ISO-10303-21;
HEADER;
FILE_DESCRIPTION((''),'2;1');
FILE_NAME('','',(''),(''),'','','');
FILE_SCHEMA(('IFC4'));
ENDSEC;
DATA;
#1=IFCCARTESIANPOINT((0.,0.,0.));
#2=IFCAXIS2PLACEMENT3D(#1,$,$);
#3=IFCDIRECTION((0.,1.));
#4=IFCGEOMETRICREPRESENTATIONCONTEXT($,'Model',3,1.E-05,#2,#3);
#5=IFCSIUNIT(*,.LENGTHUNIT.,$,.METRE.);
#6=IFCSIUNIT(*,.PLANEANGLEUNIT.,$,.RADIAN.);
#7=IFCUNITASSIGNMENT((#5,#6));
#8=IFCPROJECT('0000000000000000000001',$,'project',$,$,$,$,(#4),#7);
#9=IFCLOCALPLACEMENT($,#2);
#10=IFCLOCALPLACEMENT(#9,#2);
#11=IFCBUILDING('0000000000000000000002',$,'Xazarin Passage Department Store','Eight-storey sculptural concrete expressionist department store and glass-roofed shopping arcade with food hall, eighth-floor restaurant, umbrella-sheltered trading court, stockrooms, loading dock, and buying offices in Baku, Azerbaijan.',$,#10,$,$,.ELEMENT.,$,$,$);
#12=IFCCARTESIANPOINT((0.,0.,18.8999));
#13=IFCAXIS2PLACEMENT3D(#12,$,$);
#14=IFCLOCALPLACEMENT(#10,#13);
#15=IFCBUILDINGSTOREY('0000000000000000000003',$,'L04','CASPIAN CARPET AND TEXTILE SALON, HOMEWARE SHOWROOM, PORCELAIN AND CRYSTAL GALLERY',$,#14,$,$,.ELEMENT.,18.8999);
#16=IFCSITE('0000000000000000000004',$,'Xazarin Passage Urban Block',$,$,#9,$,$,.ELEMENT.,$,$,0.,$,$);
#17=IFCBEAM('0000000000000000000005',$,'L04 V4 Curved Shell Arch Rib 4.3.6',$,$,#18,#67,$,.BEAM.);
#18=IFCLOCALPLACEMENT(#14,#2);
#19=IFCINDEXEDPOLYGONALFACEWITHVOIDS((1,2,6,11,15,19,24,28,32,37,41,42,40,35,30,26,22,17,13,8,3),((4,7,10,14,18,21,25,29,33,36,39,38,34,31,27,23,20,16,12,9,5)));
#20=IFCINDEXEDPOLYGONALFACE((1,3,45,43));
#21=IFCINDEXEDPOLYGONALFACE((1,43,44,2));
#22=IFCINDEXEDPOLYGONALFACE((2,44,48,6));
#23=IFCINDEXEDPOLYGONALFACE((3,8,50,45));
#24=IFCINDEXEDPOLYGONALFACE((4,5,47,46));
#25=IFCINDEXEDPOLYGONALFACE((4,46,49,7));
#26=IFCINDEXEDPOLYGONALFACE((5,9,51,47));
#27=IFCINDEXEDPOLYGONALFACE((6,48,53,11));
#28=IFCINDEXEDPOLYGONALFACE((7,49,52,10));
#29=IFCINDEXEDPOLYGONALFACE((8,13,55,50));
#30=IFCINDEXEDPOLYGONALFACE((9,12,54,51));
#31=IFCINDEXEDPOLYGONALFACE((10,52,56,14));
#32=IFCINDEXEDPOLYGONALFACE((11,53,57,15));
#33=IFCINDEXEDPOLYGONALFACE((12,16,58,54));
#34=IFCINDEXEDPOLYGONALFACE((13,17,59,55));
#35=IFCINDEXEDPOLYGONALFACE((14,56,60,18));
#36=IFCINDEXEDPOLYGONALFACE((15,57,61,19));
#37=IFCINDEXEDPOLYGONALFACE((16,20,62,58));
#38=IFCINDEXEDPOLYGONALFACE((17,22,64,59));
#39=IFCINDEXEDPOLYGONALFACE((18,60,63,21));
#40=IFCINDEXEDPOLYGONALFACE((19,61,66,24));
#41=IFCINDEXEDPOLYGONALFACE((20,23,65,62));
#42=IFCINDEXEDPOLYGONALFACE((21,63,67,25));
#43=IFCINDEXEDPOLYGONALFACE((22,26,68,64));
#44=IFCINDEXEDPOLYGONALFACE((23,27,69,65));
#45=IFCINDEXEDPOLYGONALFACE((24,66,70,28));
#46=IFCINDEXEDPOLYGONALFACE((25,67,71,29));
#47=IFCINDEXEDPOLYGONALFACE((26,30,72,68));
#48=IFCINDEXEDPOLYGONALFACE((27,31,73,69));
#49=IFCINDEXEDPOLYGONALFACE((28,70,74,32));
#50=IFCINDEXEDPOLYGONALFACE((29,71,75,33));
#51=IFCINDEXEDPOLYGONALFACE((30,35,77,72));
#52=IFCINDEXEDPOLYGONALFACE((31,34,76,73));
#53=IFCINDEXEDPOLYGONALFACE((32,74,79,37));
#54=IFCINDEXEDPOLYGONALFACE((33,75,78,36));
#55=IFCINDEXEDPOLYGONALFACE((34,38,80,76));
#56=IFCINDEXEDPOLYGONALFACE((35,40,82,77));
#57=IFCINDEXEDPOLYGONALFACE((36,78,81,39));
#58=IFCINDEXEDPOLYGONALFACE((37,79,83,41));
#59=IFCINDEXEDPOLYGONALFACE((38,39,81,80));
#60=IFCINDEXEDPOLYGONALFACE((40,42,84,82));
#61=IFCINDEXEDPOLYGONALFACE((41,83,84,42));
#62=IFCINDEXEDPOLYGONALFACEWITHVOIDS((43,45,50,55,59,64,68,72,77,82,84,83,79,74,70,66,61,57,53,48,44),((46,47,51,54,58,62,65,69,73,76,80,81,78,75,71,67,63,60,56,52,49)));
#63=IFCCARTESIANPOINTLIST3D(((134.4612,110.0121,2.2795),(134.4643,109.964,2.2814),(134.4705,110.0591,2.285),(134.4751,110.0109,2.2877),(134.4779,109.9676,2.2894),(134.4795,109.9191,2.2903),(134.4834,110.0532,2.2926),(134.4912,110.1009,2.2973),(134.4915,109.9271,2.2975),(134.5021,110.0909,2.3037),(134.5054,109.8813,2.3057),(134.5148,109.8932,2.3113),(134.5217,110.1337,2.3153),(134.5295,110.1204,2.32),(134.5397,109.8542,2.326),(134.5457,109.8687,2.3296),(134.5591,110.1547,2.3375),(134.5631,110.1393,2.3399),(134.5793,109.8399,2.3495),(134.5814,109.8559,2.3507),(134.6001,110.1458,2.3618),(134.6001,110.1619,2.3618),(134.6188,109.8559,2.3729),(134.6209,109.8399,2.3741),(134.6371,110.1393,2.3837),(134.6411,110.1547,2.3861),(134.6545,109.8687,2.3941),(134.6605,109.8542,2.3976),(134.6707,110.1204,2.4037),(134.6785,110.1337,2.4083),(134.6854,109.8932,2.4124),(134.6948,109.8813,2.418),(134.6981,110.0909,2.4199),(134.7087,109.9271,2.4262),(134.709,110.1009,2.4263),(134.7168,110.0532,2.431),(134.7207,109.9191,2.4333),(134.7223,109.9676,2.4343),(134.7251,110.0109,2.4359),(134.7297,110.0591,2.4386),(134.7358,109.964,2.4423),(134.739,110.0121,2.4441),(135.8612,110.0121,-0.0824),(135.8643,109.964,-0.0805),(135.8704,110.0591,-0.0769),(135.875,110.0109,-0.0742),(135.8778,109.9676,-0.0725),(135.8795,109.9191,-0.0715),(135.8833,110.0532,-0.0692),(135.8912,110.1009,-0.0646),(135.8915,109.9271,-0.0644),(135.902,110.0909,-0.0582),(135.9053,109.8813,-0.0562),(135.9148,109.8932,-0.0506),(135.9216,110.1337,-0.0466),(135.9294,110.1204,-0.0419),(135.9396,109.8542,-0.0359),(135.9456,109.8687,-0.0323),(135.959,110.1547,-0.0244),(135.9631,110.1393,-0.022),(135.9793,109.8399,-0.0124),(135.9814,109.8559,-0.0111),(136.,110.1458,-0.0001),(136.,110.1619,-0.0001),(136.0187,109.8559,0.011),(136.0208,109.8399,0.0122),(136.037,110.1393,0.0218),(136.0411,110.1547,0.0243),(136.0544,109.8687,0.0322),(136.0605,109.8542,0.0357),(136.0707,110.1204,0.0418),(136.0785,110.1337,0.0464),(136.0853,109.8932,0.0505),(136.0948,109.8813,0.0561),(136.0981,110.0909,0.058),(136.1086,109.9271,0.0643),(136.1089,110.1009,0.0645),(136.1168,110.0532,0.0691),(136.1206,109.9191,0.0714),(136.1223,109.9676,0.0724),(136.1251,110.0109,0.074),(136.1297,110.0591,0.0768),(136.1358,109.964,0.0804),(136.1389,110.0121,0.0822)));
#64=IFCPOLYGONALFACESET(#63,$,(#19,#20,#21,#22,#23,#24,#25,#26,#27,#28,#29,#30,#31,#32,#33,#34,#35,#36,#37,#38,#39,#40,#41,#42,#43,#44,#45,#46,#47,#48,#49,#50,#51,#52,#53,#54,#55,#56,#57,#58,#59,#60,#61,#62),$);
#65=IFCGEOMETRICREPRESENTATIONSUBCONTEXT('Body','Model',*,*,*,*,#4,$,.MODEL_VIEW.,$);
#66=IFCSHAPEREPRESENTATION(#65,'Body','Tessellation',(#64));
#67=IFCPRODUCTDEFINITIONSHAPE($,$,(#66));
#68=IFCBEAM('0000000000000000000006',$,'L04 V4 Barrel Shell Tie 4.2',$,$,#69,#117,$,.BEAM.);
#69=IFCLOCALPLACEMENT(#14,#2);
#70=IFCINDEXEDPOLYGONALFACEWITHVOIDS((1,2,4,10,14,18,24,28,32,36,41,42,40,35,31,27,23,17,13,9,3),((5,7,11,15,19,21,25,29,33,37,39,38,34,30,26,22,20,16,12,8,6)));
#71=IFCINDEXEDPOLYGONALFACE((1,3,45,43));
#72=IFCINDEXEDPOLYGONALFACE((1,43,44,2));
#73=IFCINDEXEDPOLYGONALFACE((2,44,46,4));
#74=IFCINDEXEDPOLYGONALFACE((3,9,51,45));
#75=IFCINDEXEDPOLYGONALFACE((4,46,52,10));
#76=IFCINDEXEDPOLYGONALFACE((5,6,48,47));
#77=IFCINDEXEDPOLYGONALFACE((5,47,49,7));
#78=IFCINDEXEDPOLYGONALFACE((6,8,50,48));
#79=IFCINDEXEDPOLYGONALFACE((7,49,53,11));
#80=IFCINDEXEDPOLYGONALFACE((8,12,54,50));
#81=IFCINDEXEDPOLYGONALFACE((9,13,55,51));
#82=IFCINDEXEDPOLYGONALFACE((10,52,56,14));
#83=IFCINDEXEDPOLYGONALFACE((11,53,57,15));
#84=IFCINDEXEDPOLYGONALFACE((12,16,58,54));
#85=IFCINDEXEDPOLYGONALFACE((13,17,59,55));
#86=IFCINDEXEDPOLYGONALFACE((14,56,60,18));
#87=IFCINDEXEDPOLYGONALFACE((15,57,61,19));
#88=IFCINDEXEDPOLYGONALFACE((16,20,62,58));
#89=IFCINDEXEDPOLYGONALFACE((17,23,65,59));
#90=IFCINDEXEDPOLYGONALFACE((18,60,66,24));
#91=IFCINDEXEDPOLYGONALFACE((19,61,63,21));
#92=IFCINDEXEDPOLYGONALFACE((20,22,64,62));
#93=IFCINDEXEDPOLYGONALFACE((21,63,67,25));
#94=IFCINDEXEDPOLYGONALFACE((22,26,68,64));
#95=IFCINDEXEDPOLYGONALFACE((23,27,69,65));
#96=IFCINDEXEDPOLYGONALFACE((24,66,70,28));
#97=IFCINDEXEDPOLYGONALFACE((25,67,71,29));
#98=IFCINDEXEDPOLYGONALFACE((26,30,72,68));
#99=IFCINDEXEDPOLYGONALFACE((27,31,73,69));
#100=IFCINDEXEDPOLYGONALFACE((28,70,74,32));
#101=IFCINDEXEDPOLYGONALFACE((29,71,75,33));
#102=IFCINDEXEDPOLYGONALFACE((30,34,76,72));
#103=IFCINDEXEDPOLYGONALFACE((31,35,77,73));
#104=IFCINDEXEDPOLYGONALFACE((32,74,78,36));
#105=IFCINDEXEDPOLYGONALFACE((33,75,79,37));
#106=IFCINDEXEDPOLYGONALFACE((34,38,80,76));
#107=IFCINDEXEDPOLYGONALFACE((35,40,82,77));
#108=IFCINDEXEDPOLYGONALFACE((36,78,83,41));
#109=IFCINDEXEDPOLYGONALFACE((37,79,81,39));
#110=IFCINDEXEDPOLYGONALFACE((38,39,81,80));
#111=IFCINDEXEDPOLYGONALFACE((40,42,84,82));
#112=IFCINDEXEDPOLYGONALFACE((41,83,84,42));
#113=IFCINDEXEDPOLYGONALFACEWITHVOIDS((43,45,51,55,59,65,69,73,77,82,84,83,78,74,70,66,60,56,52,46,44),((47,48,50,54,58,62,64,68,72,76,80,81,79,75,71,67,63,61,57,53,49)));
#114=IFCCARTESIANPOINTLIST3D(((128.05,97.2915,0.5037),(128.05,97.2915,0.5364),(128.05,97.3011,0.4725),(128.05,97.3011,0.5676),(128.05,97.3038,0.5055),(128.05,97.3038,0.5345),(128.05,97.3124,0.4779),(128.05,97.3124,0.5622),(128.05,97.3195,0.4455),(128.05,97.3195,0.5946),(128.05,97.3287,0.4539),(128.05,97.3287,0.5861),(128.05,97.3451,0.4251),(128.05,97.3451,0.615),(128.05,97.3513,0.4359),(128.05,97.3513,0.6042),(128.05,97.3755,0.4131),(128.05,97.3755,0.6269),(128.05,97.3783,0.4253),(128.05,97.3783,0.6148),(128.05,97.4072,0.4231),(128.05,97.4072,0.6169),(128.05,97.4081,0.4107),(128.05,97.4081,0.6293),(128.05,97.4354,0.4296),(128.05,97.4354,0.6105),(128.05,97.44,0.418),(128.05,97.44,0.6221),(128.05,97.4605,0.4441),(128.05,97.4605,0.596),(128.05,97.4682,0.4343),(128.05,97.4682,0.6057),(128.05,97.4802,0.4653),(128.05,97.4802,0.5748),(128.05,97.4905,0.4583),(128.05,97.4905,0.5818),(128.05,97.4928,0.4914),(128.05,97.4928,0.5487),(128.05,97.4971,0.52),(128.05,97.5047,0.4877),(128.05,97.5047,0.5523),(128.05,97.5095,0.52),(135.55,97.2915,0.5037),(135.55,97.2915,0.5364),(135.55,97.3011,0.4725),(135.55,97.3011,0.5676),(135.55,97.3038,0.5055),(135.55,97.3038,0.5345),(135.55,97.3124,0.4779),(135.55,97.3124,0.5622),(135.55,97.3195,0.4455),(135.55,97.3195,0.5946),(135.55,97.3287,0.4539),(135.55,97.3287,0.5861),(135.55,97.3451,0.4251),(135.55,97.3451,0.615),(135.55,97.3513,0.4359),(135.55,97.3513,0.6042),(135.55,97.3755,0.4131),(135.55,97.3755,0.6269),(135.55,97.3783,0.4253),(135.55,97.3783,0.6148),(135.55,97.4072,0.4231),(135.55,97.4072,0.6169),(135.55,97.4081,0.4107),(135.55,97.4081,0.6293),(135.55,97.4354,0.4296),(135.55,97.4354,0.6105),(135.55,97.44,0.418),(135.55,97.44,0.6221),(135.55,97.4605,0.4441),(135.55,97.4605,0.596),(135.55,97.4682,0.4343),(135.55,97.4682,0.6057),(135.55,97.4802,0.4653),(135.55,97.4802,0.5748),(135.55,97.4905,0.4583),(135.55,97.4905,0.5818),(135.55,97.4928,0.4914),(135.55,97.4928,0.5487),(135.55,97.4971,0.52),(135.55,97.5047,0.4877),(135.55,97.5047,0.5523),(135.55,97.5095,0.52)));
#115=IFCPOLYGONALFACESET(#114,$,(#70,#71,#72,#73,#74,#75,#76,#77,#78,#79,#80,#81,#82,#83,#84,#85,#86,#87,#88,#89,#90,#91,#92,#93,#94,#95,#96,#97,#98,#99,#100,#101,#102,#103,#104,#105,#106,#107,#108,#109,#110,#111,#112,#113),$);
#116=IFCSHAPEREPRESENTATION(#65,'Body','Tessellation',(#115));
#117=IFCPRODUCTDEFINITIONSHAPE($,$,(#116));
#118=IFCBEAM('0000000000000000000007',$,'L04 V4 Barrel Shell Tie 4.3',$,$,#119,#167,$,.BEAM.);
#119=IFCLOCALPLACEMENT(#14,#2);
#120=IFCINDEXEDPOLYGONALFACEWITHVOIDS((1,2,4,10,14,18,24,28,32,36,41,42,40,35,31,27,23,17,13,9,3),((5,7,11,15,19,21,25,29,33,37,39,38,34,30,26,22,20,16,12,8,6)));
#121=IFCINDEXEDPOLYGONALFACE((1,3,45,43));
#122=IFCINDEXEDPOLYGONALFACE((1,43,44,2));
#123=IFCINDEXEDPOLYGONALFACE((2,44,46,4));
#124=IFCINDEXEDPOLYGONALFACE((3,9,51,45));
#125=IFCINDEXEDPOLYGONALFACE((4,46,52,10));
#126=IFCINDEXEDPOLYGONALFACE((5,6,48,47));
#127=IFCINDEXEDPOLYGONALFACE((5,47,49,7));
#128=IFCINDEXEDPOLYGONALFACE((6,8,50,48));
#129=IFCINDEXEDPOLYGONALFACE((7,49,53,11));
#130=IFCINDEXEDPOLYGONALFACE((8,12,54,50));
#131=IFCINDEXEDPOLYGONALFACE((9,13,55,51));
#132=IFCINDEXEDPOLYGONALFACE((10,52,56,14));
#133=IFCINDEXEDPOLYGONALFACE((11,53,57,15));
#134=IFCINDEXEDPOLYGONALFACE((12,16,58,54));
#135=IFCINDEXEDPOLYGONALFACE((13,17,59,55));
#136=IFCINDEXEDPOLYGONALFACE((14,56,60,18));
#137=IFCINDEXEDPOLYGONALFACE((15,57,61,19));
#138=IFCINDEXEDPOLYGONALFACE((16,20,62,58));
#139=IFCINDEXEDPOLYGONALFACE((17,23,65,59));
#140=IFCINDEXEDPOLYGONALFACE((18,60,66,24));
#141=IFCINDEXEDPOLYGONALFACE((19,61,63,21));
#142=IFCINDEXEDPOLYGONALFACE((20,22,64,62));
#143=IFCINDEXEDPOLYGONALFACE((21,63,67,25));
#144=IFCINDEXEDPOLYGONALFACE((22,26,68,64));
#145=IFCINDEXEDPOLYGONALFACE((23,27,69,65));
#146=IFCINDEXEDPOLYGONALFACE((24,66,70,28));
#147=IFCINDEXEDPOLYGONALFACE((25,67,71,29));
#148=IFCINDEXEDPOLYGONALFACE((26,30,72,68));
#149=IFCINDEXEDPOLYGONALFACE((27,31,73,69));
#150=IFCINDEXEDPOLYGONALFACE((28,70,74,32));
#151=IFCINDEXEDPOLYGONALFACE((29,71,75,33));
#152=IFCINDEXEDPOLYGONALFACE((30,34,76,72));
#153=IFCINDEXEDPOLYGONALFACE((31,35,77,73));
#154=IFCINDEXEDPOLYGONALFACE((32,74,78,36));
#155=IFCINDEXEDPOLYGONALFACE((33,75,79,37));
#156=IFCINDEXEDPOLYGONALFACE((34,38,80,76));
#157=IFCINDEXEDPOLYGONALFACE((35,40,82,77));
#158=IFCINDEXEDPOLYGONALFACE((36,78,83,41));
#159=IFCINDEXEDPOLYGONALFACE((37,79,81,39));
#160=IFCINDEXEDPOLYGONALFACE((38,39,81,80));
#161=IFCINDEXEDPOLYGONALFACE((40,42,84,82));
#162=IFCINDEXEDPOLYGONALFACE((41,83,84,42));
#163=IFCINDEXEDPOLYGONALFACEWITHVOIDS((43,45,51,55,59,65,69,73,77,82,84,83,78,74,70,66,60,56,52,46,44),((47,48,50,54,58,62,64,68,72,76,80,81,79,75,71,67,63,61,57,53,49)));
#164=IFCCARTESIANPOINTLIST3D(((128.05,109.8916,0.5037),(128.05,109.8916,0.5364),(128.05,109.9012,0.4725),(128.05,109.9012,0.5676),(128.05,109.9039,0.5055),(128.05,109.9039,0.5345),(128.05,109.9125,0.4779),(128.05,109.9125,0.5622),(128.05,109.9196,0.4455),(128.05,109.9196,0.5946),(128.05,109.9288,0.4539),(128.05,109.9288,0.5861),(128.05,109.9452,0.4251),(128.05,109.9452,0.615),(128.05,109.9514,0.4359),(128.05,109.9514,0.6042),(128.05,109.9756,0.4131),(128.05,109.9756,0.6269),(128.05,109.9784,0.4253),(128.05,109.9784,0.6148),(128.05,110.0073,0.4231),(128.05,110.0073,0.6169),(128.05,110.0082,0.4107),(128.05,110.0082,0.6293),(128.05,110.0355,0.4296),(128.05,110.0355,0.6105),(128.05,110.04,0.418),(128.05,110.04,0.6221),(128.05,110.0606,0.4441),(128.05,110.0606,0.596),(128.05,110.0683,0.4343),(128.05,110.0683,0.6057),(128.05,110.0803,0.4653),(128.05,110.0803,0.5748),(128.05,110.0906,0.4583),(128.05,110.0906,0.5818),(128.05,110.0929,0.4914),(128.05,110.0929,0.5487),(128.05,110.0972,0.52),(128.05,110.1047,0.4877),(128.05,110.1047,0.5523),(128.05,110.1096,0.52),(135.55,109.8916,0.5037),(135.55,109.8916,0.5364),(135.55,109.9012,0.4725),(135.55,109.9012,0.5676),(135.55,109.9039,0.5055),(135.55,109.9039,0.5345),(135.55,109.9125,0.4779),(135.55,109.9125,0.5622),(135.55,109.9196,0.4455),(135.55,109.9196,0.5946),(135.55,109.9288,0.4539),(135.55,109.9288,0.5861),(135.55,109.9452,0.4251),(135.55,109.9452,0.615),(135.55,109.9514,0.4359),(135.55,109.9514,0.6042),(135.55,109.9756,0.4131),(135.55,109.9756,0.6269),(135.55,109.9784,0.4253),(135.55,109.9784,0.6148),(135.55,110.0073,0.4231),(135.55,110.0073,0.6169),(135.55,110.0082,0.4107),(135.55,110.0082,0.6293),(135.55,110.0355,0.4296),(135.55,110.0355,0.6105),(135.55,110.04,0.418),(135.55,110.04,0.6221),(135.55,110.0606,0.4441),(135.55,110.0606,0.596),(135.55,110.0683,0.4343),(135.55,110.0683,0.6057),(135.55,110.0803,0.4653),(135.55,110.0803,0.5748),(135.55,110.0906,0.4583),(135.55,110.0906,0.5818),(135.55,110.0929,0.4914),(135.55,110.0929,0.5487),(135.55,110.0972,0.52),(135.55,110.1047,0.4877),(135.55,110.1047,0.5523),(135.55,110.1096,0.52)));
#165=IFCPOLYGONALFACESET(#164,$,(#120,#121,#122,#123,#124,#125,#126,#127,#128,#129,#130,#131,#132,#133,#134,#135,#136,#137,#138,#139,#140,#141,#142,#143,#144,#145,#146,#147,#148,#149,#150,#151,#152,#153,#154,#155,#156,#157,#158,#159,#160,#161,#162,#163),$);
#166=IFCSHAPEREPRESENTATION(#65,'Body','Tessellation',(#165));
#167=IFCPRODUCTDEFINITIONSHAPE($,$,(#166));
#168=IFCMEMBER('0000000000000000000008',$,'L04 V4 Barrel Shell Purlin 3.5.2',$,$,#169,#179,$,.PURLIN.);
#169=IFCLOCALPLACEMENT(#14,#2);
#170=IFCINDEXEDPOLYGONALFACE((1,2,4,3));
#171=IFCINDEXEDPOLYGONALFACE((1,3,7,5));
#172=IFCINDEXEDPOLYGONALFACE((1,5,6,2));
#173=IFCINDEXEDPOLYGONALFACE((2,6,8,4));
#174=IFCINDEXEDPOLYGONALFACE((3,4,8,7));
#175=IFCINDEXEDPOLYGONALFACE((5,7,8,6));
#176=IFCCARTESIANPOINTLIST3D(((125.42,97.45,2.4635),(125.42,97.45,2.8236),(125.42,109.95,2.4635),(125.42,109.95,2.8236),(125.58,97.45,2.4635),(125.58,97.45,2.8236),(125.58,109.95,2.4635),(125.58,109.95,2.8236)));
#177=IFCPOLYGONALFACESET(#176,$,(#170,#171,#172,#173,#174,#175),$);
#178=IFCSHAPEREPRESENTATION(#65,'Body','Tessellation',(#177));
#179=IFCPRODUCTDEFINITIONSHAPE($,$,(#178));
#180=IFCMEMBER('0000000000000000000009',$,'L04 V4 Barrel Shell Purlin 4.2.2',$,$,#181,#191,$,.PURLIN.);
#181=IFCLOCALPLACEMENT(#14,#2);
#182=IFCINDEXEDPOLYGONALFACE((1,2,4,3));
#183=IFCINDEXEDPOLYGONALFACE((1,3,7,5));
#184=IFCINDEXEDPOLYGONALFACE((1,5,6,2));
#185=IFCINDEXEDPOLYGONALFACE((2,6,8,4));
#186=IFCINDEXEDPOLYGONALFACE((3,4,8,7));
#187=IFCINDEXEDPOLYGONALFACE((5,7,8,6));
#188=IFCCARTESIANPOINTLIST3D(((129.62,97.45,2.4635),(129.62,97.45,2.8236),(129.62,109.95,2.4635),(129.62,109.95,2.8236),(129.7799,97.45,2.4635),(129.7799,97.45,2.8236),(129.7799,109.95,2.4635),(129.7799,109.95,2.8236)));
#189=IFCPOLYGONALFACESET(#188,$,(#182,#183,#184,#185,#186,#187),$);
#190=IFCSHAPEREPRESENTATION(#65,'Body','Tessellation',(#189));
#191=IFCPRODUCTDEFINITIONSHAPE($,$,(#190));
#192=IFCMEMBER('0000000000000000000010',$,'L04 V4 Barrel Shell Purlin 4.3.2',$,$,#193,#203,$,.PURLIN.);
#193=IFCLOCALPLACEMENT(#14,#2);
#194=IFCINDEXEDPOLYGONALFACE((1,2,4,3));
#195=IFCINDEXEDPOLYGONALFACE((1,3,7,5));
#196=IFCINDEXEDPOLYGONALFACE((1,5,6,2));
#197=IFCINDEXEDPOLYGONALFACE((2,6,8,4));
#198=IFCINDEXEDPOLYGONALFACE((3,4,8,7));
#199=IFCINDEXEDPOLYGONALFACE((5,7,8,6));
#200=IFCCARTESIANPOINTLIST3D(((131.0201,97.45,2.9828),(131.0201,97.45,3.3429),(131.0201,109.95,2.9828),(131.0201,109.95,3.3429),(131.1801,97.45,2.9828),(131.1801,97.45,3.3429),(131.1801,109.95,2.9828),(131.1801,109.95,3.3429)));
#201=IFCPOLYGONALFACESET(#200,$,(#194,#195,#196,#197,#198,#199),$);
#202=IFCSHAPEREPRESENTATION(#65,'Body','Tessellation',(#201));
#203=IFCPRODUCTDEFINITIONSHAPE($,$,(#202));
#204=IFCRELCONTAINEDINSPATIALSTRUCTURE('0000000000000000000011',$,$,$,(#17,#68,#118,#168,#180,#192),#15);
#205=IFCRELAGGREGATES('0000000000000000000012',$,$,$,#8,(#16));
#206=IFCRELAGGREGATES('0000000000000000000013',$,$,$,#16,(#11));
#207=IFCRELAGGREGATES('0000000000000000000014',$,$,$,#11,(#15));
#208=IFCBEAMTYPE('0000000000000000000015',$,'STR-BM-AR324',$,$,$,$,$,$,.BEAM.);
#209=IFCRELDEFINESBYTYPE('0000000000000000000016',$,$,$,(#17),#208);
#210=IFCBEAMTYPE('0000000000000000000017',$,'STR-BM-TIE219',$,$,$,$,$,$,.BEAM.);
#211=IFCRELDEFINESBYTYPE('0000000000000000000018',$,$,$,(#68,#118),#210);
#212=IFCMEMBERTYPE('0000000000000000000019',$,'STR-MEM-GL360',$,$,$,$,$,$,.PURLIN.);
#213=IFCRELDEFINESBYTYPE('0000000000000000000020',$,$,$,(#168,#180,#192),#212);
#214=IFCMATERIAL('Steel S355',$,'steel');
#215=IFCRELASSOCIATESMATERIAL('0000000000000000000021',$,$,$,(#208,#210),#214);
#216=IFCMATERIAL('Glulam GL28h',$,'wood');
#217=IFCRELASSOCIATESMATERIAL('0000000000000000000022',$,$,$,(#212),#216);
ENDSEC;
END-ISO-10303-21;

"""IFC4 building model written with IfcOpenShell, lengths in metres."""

from ifc_helpers import new_model, si_unit, direction, frame, origin, origin_2d, place, context, subcontext, project, spatial, rectangle, hollow_circle, extrude, material, material_profile, profile_set, type_object, element, save


model = new_model("IFC4")

# Units and contexts
model_context = context("Model", 3, precision=1e-05, world=origin(), true_north=direction((0.0, 1.0)))
body_context = subcontext(model_context, "Body", "Model", "MODEL_VIEW")
ifc_project = project(units=[si_unit("LENGTHUNIT", "METRE"), si_unit("PLANEANGLEUNIT", "RADIAN")], contexts=[model_context])

# Site, building, storey
site_placement = place(None, origin())
site = spatial("IfcSite", under=ifc_project, at=site_placement, Name="Xazarin Passage Urban Block", CompositionType="ELEMENT", RefElevation=0.0)
building_placement = place(site_placement, origin())
building = spatial("IfcBuilding", under=site, at=building_placement, Name="Xazarin Passage Department Store", Description="Eight-storey sculptural concrete expressionist department store and glass-roofed shopping arcade with food hall, eighth-floor restaurant, umbrella-sheltered trading court, stockrooms, loading dock, and buying offices in Baku, Azerbaijan.", CompositionType="ELEMENT")
storey_placement = place(building_placement, frame((0.0, 0.0, 18.8999)))
storey = spatial("IfcBuildingStorey", under=building, at=storey_placement, Name="L04", Description="CASPIAN CARPET AND TEXTILE SALON, HOMEWARE SHOWROOM, PORCELAIN AND CRYSTAL GALLERY", CompositionType="ELEMENT", Elevation=18.8999)

# Beams
ifc_material_1 = material(Name="Steel S355", Category="steel")
ifc_material_profile_1 = material_profile(ifc_material_1, hollow_circle(Radius=0.1619, WallThickness=0.0161, at=origin_2d()), Name="CHS 323.9x16")
ifc_profile_set_1 = profile_set([ifc_material_profile_1], Name="Steel S355")
beam_type_1 = type_object("IfcBeamType", Name="STR-BM-AR324", PredefinedType="BEAM", material=ifc_profile_set_1)
beam_1_placement = place(storey_placement, frame((134.6001, 110.0, 2.3618), z_axis=(0.509885, 0.0, -0.860242), x_axis=(0.0, 1.0, 0.0)))
element("IfcBeam", 1, at=beam_1_placement, inside=storey, type_object=beam_type_1, Name="L04 V4 Curved Shell Arch Rib 4.3.6", PredefinedType="BEAM", context=body_context, shape_type="SweptSolid", body=[
    extrude(hollow_circle(Radius=0.1619, WallThickness=0.0161, at=origin_2d()), origin(), (0.0, 0.0, 1.0), 2.7456),
])
ifc_material_profile_2 = material_profile(ifc_material_1, hollow_circle(Radius=0.1096, WallThickness=0.0125, at=origin_2d()), Name="CHS 219.1x12.5")
ifc_profile_set_2 = profile_set([ifc_material_profile_2], Name="Steel S355")
beam_type_2 = type_object("IfcBeamType", Name="STR-BM-TIE219", PredefinedType="BEAM", material=ifc_profile_set_2)
for number, where, z_axis, x_axis, name in (
    (2, (128.05, 97.3999, 0.52), (1.0, 0.0, 0.0), (0.0, 1.0, 0.0), "L04 V4 Barrel Shell Tie 4.2"),
    (3, (128.05, 110.0, 0.52), (1.0, 0.0, 0.0), (0.0, 1.0, 0.0), "L04 V4 Barrel Shell Tie 4.3"),
):
    element("IfcBeam", number, at=place(storey_placement, frame(where, z_axis=z_axis, x_axis=x_axis)), inside=storey, type_object=beam_type_2, Name=name, PredefinedType="BEAM", context=body_context, shape_type="SweptSolid", body=[
        extrude(hollow_circle(Radius=0.1096, WallThickness=0.0125, at=origin_2d()), origin(), (0.0, 0.0, 1.0), 7.5),
    ])

# Members
ifc_material_2 = material(Name="Glulam GL28h", Category="wood")
ifc_material_profile_3 = material_profile(ifc_material_2, rectangle(XDim=0.1599, YDim=0.3601, at=origin_2d()), Name="GL28h 160x360")
ifc_profile_set_3 = profile_set([ifc_material_profile_3], Name="Glulam GL28h")
member_type = type_object("IfcMemberType", Name="STR-MEM-GL360", PredefinedType="PURLIN", material=ifc_profile_set_3)
for number, where, z_axis, x_axis, name in (
    (4, (125.5, 97.45, 2.6436), (0.0, 1.0, 0.0), (-1.0, 0.0, 0.0), "L04 V4 Barrel Shell Purlin 3.5.2"),
    (5, (129.7, 97.45, 2.6436), (0.0, 1.0, 0.0), (-1.0, 0.0, 0.0), "L04 V4 Barrel Shell Purlin 4.2.2"),
    (6, (131.1001, 97.45, 3.1628), (0.0, 1.0, 0.0), (-1.0, 0.0, 0.0), "L04 V4 Barrel Shell Purlin 4.3.2"),
):
    element("IfcMember", number, at=place(storey_placement, frame(where, z_axis=z_axis, x_axis=x_axis)), inside=storey, type_object=member_type, Name=name, PredefinedType="PURLIN", context=body_context, shape_type="SweptSolid", body=[
        extrude(rectangle(XDim=0.1599, YDim=0.3601, at=origin_2d()), origin(), (0.0, 0.0, 1.0), 12.5),
    ])

save(model, "model.ifc")
